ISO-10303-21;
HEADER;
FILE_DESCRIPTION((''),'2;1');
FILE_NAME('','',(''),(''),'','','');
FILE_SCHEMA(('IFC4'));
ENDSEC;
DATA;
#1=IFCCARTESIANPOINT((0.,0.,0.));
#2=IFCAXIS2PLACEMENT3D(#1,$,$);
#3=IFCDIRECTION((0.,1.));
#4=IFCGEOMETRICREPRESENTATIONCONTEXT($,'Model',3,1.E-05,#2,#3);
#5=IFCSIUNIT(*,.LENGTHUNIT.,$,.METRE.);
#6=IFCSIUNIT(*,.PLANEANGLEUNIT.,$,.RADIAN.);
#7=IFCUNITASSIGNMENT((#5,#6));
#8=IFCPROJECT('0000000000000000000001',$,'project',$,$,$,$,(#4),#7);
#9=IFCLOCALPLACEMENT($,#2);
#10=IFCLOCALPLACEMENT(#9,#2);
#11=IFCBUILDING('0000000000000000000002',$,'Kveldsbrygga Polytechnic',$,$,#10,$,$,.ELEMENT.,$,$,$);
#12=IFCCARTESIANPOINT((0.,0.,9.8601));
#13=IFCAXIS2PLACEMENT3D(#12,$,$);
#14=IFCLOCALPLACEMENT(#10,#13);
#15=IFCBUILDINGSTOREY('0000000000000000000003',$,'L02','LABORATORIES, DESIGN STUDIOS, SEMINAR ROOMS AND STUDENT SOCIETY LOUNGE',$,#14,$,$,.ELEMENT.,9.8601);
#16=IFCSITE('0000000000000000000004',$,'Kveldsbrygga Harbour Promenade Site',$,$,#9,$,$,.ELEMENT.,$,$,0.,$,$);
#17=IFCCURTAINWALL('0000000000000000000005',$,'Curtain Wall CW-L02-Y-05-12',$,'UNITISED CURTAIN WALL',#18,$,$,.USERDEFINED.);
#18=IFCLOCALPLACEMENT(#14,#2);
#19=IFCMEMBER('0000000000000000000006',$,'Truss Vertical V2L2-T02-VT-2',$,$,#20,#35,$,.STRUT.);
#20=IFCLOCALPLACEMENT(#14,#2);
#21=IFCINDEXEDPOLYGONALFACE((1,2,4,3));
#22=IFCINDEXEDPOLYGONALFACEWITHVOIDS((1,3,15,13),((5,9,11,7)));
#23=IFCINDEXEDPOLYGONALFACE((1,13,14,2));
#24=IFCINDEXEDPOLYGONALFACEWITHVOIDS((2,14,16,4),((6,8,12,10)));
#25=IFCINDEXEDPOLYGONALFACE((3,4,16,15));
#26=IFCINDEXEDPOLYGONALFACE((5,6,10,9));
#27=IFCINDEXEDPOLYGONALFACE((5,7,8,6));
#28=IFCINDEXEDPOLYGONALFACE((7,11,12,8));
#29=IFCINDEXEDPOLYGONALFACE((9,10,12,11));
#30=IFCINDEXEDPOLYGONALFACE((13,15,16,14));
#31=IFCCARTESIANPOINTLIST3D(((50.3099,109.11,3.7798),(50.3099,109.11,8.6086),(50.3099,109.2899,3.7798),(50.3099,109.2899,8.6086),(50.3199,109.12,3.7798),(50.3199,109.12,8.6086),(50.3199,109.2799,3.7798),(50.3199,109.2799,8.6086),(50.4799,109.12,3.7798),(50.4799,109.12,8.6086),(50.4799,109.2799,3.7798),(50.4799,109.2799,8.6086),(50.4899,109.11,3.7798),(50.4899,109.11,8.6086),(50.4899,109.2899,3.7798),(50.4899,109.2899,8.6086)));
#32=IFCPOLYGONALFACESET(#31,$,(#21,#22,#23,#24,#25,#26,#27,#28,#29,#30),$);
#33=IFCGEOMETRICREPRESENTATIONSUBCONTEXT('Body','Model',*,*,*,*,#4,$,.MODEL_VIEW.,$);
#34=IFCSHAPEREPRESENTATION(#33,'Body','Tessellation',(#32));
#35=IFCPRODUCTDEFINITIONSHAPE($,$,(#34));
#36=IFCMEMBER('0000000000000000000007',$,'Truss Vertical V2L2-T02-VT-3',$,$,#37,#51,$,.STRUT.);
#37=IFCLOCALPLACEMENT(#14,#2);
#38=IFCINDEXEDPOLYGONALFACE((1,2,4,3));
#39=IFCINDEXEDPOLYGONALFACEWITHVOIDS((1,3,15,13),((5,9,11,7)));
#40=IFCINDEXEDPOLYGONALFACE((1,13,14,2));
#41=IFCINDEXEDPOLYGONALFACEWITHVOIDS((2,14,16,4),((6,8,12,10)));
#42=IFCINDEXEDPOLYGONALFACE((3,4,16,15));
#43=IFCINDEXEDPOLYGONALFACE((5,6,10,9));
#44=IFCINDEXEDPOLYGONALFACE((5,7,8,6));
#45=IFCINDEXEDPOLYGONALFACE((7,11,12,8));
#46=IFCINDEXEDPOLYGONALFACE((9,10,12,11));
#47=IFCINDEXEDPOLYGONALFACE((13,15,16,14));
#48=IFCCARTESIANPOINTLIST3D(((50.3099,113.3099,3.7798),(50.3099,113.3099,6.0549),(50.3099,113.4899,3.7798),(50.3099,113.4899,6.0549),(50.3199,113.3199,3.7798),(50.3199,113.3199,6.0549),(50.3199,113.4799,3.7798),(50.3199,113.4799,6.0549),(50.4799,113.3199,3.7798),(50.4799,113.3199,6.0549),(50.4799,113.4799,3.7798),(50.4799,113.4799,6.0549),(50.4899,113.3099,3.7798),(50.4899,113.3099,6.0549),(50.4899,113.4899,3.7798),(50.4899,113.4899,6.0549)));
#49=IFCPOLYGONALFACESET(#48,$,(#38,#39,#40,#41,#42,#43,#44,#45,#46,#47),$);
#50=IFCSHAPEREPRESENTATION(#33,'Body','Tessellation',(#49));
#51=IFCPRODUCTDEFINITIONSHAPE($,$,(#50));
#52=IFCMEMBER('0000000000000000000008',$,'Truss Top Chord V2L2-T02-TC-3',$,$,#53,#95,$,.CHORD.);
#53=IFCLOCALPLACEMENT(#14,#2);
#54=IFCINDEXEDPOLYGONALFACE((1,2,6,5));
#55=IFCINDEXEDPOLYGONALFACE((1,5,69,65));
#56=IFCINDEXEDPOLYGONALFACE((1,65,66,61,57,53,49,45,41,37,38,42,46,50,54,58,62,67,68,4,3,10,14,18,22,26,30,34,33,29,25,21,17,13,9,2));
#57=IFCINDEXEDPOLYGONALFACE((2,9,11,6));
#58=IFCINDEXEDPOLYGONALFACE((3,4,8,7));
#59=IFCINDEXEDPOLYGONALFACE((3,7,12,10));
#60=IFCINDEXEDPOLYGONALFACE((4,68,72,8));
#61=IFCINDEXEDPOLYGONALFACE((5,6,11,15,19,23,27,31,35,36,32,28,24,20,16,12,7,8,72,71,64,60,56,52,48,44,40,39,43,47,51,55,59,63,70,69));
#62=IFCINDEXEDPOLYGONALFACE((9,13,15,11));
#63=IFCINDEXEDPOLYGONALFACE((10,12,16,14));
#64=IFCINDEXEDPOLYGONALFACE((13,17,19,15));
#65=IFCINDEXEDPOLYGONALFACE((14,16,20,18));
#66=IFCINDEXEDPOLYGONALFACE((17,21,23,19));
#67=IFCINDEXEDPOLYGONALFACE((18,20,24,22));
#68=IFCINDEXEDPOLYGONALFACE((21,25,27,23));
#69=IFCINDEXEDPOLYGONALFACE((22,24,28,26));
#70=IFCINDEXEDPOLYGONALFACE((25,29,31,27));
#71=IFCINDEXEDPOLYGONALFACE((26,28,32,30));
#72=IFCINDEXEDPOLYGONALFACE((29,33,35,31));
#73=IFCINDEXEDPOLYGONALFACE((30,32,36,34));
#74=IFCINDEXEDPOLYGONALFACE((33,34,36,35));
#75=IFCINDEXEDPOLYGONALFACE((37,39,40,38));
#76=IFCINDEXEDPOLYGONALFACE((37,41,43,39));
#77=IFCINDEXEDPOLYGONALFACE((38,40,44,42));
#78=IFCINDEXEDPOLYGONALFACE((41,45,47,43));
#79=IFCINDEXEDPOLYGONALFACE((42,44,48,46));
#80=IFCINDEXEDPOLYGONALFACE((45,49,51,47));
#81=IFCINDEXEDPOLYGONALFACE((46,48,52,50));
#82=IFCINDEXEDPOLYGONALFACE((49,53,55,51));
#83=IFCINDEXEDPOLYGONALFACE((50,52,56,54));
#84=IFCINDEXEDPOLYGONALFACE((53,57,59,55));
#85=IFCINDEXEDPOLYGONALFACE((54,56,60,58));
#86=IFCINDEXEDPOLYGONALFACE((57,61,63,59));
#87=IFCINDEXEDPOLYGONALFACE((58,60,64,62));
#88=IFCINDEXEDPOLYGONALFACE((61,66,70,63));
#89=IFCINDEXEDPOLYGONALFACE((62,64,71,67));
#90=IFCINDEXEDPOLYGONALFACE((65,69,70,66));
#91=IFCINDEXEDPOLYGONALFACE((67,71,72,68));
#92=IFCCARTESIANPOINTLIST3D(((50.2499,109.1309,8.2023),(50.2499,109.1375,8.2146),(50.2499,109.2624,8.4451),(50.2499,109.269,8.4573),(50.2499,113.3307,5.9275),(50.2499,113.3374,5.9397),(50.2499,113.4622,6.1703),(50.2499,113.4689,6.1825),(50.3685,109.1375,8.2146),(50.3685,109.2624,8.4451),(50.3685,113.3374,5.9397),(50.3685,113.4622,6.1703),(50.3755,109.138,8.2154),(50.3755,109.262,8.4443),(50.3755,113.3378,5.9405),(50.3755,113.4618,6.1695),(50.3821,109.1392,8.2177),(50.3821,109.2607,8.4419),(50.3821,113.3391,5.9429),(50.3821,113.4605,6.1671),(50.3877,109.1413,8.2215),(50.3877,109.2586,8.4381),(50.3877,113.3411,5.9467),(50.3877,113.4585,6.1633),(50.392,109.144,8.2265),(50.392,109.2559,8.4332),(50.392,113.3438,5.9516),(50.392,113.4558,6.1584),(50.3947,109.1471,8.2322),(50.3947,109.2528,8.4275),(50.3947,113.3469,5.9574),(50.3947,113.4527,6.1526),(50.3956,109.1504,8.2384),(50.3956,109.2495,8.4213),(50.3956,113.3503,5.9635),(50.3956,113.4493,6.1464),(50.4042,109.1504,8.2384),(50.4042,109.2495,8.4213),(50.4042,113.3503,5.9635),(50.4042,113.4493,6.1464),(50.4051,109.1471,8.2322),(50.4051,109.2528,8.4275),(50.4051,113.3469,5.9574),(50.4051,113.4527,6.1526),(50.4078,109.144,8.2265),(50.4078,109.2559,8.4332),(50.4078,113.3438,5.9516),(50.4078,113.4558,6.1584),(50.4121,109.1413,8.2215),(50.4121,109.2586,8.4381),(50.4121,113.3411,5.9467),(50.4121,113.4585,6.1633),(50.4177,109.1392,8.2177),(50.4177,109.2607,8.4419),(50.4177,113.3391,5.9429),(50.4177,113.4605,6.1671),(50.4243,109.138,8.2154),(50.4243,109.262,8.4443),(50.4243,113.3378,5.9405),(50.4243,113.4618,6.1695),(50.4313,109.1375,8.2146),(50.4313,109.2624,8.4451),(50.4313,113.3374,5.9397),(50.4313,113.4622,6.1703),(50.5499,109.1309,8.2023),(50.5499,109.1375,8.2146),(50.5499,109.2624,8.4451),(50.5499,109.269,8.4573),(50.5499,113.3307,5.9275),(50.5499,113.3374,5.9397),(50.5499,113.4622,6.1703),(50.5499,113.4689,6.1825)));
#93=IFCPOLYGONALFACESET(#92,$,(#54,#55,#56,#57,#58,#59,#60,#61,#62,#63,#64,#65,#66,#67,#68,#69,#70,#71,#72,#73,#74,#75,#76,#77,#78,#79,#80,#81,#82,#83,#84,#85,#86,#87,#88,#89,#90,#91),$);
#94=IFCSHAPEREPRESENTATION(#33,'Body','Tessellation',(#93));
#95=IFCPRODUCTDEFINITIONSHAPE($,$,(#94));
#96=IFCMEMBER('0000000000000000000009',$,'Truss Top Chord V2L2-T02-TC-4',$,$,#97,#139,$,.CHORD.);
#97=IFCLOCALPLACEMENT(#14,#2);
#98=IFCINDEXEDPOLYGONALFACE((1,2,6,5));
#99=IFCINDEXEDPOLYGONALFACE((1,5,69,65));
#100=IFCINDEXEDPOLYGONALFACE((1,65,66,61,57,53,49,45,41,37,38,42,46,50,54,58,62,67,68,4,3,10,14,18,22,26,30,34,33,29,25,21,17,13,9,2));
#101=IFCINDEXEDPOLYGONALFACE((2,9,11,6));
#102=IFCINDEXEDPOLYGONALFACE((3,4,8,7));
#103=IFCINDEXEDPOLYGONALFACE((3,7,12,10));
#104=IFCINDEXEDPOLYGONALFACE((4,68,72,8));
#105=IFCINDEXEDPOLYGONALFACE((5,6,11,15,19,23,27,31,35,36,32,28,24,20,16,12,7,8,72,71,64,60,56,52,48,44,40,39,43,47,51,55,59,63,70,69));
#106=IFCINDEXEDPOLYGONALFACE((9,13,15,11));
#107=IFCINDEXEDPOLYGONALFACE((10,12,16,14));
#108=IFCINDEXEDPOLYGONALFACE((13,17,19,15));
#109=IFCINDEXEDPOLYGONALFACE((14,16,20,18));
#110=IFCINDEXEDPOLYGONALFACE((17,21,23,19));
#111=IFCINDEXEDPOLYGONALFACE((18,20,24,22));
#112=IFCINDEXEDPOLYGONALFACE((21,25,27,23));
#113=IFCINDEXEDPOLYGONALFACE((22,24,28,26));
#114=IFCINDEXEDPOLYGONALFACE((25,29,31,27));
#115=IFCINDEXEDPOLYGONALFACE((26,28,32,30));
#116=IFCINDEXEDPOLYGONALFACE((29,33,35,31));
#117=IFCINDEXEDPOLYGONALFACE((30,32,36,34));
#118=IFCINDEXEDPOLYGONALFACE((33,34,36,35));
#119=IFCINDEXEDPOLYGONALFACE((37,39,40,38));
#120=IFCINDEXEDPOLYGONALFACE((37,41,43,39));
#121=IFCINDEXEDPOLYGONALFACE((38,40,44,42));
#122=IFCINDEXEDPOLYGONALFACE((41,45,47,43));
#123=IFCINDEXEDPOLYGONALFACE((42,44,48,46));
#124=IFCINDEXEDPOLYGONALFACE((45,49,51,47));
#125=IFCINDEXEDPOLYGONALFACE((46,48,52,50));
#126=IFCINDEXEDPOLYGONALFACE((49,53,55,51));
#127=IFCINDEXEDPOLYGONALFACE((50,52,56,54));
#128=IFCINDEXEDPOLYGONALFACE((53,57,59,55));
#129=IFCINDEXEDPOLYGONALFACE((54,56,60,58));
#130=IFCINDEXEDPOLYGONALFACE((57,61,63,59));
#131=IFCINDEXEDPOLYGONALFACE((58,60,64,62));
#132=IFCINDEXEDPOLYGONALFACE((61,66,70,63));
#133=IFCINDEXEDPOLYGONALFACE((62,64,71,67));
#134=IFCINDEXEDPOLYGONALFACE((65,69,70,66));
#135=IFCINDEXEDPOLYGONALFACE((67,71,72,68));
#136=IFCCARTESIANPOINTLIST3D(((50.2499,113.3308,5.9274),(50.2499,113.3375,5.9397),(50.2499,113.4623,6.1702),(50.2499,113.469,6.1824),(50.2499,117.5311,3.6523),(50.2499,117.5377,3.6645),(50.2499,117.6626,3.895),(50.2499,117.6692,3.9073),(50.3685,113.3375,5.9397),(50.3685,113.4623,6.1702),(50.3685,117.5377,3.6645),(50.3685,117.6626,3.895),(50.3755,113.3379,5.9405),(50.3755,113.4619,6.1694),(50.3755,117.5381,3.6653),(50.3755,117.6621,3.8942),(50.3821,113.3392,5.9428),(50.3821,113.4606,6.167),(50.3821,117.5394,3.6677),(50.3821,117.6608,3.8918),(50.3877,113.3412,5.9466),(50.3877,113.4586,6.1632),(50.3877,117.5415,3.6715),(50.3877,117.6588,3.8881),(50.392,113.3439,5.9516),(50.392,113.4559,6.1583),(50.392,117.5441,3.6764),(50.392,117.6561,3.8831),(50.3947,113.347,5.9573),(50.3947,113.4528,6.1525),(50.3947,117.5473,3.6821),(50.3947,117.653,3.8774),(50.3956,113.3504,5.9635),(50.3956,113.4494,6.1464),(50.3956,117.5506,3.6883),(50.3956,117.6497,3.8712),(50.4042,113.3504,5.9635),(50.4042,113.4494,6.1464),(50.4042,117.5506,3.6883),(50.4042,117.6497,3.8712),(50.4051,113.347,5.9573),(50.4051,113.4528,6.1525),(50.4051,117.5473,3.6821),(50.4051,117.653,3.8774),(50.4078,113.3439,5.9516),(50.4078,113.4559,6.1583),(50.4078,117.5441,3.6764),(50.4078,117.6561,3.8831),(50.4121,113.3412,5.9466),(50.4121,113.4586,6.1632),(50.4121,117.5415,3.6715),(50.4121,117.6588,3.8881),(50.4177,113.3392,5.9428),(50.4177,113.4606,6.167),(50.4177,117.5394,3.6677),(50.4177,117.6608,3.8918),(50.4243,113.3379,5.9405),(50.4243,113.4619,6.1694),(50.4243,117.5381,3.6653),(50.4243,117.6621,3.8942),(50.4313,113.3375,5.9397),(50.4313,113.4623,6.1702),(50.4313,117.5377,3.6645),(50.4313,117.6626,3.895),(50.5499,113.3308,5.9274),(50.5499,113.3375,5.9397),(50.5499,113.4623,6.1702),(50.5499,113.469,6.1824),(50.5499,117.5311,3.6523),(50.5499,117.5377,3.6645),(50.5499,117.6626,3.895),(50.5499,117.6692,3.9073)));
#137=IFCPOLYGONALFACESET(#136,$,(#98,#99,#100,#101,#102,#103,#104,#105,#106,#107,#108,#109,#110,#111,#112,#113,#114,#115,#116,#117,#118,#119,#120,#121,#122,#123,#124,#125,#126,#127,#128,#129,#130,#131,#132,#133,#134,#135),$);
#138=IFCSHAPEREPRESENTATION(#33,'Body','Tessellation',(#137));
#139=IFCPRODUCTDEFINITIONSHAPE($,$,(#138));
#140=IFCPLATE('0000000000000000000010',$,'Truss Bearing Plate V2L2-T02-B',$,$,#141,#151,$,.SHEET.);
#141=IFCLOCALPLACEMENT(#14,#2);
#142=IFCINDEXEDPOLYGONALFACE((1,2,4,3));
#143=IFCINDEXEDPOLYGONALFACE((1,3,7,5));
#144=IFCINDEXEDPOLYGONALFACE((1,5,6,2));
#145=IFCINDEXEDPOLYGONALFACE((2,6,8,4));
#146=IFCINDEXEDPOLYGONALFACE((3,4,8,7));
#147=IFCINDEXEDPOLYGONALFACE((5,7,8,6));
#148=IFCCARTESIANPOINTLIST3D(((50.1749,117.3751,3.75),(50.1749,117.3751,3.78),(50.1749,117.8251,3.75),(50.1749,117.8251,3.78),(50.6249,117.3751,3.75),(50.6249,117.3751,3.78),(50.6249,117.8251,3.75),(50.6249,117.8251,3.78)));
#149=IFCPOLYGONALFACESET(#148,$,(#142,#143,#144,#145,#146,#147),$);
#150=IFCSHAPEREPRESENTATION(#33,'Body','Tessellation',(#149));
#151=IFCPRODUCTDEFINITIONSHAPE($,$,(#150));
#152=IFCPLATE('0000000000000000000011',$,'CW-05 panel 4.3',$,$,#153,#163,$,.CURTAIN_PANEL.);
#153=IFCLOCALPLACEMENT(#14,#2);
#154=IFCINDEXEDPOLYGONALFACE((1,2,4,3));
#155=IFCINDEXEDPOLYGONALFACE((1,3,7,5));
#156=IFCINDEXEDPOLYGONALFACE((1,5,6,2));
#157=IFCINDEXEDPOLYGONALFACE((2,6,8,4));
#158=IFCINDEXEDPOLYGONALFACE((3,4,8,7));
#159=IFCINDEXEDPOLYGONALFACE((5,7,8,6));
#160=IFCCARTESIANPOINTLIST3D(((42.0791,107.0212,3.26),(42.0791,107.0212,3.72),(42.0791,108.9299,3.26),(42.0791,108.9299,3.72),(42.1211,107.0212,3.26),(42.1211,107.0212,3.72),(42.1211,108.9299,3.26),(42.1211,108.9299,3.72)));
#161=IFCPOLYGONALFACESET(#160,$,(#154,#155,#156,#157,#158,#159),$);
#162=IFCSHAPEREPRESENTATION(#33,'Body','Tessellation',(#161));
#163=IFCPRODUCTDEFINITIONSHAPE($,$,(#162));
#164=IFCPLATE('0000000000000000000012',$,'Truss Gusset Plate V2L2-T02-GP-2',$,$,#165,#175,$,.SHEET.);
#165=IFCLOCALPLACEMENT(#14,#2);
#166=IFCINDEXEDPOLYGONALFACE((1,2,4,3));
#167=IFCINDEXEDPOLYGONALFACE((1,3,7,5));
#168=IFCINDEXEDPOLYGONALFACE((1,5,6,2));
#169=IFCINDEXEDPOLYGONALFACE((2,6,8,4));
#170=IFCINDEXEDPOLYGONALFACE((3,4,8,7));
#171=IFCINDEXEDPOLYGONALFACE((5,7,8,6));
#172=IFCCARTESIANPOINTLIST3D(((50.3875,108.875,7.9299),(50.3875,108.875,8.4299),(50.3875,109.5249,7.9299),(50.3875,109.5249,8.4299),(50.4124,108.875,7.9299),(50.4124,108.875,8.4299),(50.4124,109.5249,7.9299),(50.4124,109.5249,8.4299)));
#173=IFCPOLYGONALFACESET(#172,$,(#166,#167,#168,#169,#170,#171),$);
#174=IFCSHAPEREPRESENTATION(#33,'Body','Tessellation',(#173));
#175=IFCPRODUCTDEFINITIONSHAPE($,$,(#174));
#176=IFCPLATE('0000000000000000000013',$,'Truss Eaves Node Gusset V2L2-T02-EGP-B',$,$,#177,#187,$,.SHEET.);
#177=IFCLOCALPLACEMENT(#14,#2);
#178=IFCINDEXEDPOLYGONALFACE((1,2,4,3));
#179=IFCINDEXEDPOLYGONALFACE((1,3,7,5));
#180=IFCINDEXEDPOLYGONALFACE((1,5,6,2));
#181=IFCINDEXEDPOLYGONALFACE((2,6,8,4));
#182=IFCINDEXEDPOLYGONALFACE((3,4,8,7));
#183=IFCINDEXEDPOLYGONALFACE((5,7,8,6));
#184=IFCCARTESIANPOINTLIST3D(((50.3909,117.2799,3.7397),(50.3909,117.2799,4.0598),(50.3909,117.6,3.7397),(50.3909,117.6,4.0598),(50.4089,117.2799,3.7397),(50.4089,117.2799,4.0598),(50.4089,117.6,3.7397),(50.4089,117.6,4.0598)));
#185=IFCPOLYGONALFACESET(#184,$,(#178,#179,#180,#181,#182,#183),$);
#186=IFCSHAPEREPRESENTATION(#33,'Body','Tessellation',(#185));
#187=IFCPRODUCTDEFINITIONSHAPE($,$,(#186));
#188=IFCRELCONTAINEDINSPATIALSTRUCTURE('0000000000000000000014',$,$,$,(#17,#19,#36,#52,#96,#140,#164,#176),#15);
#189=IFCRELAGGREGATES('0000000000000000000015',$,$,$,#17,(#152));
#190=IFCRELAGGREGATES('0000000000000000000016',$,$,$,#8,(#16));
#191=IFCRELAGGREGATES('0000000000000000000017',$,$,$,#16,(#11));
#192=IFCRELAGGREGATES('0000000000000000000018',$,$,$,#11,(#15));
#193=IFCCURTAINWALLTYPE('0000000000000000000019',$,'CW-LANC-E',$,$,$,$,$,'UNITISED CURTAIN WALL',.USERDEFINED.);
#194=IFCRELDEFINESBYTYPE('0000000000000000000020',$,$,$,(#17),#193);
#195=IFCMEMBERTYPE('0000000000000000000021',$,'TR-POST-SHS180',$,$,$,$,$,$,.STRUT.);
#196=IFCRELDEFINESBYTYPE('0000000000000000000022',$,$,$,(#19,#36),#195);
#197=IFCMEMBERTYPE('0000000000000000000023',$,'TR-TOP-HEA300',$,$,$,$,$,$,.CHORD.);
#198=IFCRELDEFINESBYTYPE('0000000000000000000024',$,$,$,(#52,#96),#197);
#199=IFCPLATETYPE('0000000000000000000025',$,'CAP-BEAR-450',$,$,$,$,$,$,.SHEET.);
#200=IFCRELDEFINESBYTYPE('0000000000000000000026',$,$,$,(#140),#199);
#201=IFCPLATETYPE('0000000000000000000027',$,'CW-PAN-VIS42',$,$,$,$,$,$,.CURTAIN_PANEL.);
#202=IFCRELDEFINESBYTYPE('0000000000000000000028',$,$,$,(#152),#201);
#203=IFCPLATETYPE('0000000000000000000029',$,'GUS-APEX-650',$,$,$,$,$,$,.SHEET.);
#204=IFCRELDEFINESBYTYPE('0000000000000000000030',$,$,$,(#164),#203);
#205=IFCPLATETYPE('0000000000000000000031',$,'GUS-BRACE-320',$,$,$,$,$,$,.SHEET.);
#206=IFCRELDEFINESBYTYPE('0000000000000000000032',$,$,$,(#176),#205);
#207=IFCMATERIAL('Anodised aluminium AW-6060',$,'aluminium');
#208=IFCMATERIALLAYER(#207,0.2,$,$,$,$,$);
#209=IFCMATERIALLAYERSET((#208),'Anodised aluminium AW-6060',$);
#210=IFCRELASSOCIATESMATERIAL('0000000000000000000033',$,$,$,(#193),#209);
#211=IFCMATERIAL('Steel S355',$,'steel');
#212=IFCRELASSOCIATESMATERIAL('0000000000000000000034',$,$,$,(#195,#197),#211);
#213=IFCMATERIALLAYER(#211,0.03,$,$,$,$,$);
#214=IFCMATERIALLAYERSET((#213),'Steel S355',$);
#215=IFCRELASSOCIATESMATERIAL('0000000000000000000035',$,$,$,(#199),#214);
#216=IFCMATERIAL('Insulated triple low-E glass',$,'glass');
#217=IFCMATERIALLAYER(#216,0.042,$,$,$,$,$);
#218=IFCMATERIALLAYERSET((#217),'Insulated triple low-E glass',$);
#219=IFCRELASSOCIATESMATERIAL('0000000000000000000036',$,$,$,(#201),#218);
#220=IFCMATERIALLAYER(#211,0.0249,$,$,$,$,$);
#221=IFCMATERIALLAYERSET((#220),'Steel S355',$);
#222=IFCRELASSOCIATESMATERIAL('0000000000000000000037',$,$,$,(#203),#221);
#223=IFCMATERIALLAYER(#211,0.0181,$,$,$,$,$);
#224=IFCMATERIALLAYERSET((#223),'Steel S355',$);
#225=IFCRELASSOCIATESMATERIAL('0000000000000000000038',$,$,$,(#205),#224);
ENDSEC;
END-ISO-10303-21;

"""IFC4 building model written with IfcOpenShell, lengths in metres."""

from ifc_helpers import new_model, si_unit, direction, frame, origin, origin_2d, place, context, subcontext, project, spatial, rectangle, hollow_rectangle, i_section, extrude, material, layer, layer_set, material_profile, profile_set, type_object, element, aggregate, save


model = new_model("IFC4")

# Units and contexts
model_context = context("Model", 3, precision=1e-05, world=origin(), true_north=direction((0.0, 1.0)))
body_context = subcontext(model_context, "Body", "Model", "MODEL_VIEW")
ifc_project = project(units=[si_unit("LENGTHUNIT", "METRE"), si_unit("PLANEANGLEUNIT", "RADIAN")], contexts=[model_context])

# Site, building, storey
site_placement = place(None, origin())
site = spatial("IfcSite", under=ifc_project, at=site_placement, Name="Kveldsbrygga Harbour Promenade Site", CompositionType="ELEMENT", RefElevation=0.0)
building_placement = place(site_placement, origin())
building = spatial("IfcBuilding", under=site, at=building_placement, Name="Kveldsbrygga Polytechnic", CompositionType="ELEMENT")
storey_placement = place(building_placement, frame((0.0, 0.0, 9.8601)))
storey = spatial("IfcBuildingStorey", under=building, at=storey_placement, Name="L02", Description="LABORATORIES, DESIGN STUDIOS, SEMINAR ROOMS AND STUDENT SOCIETY LOUNGE", CompositionType="ELEMENT", Elevation=9.8601)

# Curtain wall
ifc_material_1 = material(Name="Anodised aluminium AW-6060", Category="aluminium")
ifc_layer_1 = layer(ifc_material_1, 0.2)
ifc_layer_set_1 = layer_set([ifc_layer_1], Name="Anodised aluminium AW-6060")
curtain_wall_type = type_object("IfcCurtainWallType", Name="CW-LANC-E", ElementType="UNITISED CURTAIN WALL", PredefinedType="USERDEFINED", material=ifc_layer_set_1)
curtain_wall_placement = place(storey_placement, origin())
curtain_wall = element("IfcCurtainWall", 1, at=curtain_wall_placement, inside=storey, type_object=curtain_wall_type, Name="Curtain Wall CW-L02-Y-05-12", ObjectType="UNITISED CURTAIN WALL", PredefinedType="USERDEFINED")

# Members
ifc_material_2 = material(Name="Steel S355", Category="steel")
ifc_material_profile_1 = material_profile(ifc_material_2, hollow_rectangle(XDim=0.1799, YDim=0.1799, WallThickness=0.01, at=origin_2d()), Name="SHS 180x180x10.0")
ifc_profile_set_1 = profile_set([ifc_material_profile_1], Name="Steel S355")
member_type_1 = type_object("IfcMemberType", Name="TR-POST-SHS180", PredefinedType="STRUT", material=ifc_profile_set_1)
member_1_placement = place(storey_placement, frame((50.3999, 109.2, 3.7798), z_axis=(0.0, 0.0, 1.0), x_axis=(1.0, 0.0, 0.0)))
element("IfcMember", 2, at=member_1_placement, inside=storey, type_object=member_type_1, Name="Truss Vertical V2L2-T02-VT-2", PredefinedType="STRUT", context=body_context, shape_type="SweptSolid", body=[
    extrude(hollow_rectangle(XDim=0.1799, YDim=0.1799, WallThickness=0.01, at=origin_2d()), origin(), (0.0, 0.0, 1.0), 4.8289),
])
member_2_placement = place(storey_placement, frame((50.3999, 113.3999, 3.7798), z_axis=(0.0, 0.0, 1.0), x_axis=(1.0, 0.0, 0.0)))
element("IfcMember", 3, at=member_2_placement, inside=storey, type_object=member_type_1, Name="Truss Vertical V2L2-T02-VT-3", PredefinedType="STRUT", context=body_context, shape_type="SweptSolid", body=[
    extrude(hollow_rectangle(XDim=0.1799, YDim=0.1799, WallThickness=0.01, at=origin_2d()), origin(), (0.0, 0.0, 1.0), 2.2751),
])
ifc_material_profile_2 = material_profile(ifc_material_2, i_section(OverallWidth=0.3, OverallDepth=0.29, WebThickness=0.0085, FlangeThickness=0.0139, FilletRadius=0.0271, at=origin_2d()), Name="HEA 300")
ifc_profile_set_2 = profile_set([ifc_material_profile_2], Name="Steel S355")
member_type_2 = type_object("IfcMemberType", Name="TR-TOP-HEA300", PredefinedType="CHORD", material=ifc_profile_set_2)
member_3_placement = place(storey_placement, frame((50.3999, 109.2, 8.3298), z_axis=(0.0, 0.879298, -0.476272), x_axis=(-1.0, 0.0, 0.0)))
element("IfcMember", 4, at=member_3_placement, inside=storey, type_object=member_type_2, Name="Truss Top Chord V2L2-T02-TC-3", PredefinedType="CHORD", context=body_context, shape_type="SweptSolid", body=[
    extrude(i_section(OverallWidth=0.3, OverallDepth=0.29, WebThickness=0.0085, FlangeThickness=0.0139, FilletRadius=0.0271, at=origin_2d()), origin(), (0.0, 0.0, 1.0), 4.7764),
])
member_4_placement = place(storey_placement, frame((50.3999, 113.3999, 6.0549), z_axis=(0.0, 0.879288, -0.47629), x_axis=(-1.0, 0.0, 0.0)))
element("IfcMember", 5, at=member_4_placement, inside=storey, type_object=member_type_2, Name="Truss Top Chord V2L2-T02-TC-4", PredefinedType="CHORD", context=body_context, shape_type="SweptSolid", body=[
    extrude(i_section(OverallWidth=0.3, OverallDepth=0.29, WebThickness=0.0085, FlangeThickness=0.0139, FilletRadius=0.0271, at=origin_2d()), origin(), (0.0, 0.0, 1.0), 4.7769),
])

# Plates
ifc_layer_2 = layer(ifc_material_2, 0.03)
ifc_layer_set_2 = layer_set([ifc_layer_2], Name="Steel S355")
plate_type_1 = type_object("IfcPlateType", Name="CAP-BEAR-450", PredefinedType="SHEET", material=ifc_layer_set_2)
plate_1_placement = place(storey_placement, frame((50.3999, 117.6001, 3.75), z_axis=(0.0, 0.0, 1.0), x_axis=(1.0, 0.0, 0.0)))
element("IfcPlate", 6, at=plate_1_placement, inside=storey, type_object=plate_type_1, Name="Truss Bearing Plate V2L2-T02-B", PredefinedType="SHEET", context=body_context, shape_type="SweptSolid", body=[
    extrude(rectangle(XDim=0.45, YDim=0.45, at=origin_2d()), origin(), (0.0, 0.0, 1.0), 0.03),
])
ifc_material_3 = material(Name="Insulated triple low-E glass", Category="glass")
ifc_layer_3 = layer(ifc_material_3, 0.042)
ifc_layer_set_3 = layer_set([ifc_layer_3], Name="Insulated triple low-E glass")
plate_type_2 = type_object("IfcPlateType", Name="CW-PAN-VIS42", PredefinedType="CURTAIN_PANEL", material=ifc_layer_set_3)
plate_2_placement = place(storey_placement, frame((42.1001, 107.9756, 3.26), z_axis=(0.0, 0.0, 1.0), x_axis=(0.0, 1.0, 0.0)))
plate_2 = element("IfcPlate", 7, at=plate_2_placement, type_object=plate_type_2, Name="CW-05 panel 4.3", PredefinedType="CURTAIN_PANEL", context=body_context, shape_type="SweptSolid", body=[
    extrude(rectangle(XDim=1.9087, YDim=0.042, at=origin_2d()), origin(), (0.0, 0.0, 1.0), 0.46),
])
aggregate(curtain_wall, [plate_2])

# Plates
ifc_layer_4 = layer(ifc_material_2, 0.0249)
ifc_layer_set_4 = layer_set([ifc_layer_4], Name="Steel S355")
plate_type_3 = type_object("IfcPlateType", Name="GUS-APEX-650", PredefinedType="SHEET", material=ifc_layer_set_4)
plate_3_placement = place(storey_placement, frame((50.3999, 109.2, 7.9299), z_axis=(0.0, 0.0, 1.0), x_axis=(1.0, 0.0, 0.0)))
element("IfcPlate", 8, at=plate_3_placement, inside=storey, type_object=plate_type_3, Name="Truss Gusset Plate V2L2-T02-GP-2", PredefinedType="SHEET", context=body_context, shape_type="SweptSolid", body=[
    extrude(rectangle(XDim=0.0249, YDim=0.6499, at=origin_2d()), origin(), (0.0, 0.0, 1.0), 0.5),
])
ifc_layer_5 = layer(ifc_material_2, 0.0181)
ifc_layer_set_5 = layer_set([ifc_layer_5], Name="Steel S355")
plate_type_4 = type_object("IfcPlateType", Name="GUS-BRACE-320", PredefinedType="SHEET", material=ifc_layer_set_5)
plate_4_placement = place(storey_placement, frame((50.3999, 117.4399, 3.7397), z_axis=(0.0, 0.0, 1.0), x_axis=(1.0, 0.0, 0.0)))
element("IfcPlate", 9, at=plate_4_placement, inside=storey, type_object=plate_type_4, Name="Truss Eaves Node Gusset V2L2-T02-EGP-B", PredefinedType="SHEET", context=body_context, shape_type="SweptSolid", body=[
    extrude(rectangle(XDim=0.0181, YDim=0.3201, at=origin_2d()), origin(), (0.0, 0.0, 1.0), 0.3201),
])

save(model, "model.ifc")
